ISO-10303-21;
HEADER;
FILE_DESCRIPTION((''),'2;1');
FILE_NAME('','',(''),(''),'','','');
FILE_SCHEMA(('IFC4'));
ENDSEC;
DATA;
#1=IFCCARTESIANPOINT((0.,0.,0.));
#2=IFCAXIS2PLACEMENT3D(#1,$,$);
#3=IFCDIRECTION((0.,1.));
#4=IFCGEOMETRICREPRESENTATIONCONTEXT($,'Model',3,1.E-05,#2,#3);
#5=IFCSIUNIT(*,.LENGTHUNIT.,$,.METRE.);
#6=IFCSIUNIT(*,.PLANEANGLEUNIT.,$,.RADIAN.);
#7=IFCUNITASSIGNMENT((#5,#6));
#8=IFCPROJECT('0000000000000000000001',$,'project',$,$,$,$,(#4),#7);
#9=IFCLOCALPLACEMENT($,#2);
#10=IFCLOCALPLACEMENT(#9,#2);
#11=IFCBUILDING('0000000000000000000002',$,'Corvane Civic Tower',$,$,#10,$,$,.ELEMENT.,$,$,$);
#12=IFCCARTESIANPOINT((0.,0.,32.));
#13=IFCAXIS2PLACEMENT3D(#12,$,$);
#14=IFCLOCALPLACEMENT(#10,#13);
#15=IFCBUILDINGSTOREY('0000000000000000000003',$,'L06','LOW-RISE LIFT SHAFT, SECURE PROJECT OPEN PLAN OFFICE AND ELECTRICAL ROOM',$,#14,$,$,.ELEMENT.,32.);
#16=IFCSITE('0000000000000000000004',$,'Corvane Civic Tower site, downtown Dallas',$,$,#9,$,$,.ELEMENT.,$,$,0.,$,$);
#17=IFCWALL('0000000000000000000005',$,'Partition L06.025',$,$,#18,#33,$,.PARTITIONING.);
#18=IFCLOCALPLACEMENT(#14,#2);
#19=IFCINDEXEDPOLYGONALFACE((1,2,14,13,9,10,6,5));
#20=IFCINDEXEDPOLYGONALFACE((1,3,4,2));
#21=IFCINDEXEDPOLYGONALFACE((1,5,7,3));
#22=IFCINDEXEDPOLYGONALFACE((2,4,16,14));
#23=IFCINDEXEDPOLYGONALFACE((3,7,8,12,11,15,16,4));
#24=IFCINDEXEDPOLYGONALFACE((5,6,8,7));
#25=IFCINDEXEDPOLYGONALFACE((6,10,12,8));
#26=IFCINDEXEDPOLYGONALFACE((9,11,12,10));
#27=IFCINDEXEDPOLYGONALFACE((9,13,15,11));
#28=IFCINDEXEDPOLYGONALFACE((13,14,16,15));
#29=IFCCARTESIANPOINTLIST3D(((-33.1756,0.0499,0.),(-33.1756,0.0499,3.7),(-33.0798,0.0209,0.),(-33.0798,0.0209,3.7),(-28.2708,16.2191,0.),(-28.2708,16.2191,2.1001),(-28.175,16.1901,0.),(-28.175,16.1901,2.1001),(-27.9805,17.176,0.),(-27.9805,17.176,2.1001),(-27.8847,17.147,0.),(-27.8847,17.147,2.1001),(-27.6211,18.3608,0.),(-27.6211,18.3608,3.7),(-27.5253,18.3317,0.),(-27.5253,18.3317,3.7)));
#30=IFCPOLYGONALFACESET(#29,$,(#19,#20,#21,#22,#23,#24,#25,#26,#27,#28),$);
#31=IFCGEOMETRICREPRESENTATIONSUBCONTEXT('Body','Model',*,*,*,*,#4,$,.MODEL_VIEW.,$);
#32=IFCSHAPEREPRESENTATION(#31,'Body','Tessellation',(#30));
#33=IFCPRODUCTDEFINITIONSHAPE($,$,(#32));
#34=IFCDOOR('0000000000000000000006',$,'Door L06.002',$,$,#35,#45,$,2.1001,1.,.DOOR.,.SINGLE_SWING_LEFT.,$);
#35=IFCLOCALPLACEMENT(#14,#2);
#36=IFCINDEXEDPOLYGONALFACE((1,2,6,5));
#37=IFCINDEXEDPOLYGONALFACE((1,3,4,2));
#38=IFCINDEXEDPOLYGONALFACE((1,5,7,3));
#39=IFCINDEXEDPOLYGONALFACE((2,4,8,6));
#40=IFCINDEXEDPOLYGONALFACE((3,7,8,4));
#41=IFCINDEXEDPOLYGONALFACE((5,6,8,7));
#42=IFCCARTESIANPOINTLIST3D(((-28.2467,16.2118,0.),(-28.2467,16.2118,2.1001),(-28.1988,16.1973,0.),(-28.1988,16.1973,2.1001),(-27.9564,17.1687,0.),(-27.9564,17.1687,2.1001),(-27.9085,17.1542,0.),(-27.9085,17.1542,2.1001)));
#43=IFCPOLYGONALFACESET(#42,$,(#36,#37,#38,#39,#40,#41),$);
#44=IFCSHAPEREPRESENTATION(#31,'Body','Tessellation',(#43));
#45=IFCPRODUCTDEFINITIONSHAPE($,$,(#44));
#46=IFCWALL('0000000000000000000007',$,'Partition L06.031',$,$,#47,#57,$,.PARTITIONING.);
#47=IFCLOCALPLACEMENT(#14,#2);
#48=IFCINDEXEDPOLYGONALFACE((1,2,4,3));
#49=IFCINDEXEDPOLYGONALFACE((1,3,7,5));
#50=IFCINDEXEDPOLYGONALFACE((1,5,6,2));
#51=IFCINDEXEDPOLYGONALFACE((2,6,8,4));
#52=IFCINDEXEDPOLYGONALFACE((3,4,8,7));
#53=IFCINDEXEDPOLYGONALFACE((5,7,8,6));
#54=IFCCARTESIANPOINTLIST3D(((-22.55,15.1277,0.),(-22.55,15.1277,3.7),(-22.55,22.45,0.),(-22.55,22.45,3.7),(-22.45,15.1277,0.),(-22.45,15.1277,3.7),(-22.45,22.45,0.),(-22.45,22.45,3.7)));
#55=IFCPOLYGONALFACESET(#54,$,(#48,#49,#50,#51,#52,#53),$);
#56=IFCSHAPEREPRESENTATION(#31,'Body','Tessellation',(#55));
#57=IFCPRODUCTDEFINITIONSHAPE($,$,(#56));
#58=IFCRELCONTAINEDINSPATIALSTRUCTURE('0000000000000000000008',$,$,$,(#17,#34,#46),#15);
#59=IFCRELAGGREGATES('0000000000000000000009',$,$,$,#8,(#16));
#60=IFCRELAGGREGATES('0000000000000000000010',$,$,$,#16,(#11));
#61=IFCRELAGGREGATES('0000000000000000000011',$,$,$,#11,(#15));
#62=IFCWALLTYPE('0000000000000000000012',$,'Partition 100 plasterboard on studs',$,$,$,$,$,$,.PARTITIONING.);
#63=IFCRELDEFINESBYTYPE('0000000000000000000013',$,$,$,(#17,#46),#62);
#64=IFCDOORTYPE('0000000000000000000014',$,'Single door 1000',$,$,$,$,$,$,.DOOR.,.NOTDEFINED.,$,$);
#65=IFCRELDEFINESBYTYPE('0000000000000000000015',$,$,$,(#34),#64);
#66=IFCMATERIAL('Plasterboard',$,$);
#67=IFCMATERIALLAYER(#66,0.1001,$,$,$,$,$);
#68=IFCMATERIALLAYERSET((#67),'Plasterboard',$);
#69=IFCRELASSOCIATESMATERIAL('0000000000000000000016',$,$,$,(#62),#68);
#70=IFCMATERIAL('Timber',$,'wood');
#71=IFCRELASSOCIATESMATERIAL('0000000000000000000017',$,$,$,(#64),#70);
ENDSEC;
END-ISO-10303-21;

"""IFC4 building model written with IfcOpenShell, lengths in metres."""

from ifc_helpers import new_model, si_unit, direction, frame, frame_2d, origin, place, context, subcontext, project, spatial, rectangle, extrude, material, layer, layer_set, type_object, element, fill, save


model = new_model("IFC4")

# Units and contexts
model_context = context("Model", 3, precision=1e-05, world=origin(), true_north=direction((0.0, 1.0)))
body_context = subcontext(model_context, "Body", "Model", "MODEL_VIEW")
ifc_project = project(units=[si_unit("LENGTHUNIT", "METRE"), si_unit("PLANEANGLEUNIT", "RADIAN")], contexts=[model_context])

# Site, building, storey
site_placement = place(None, origin())
site = spatial("IfcSite", under=ifc_project, at=site_placement, Name="Corvane Civic Tower site, downtown Dallas", CompositionType="ELEMENT", RefElevation=0.0)
building_placement = place(site_placement, origin())
building = spatial("IfcBuilding", under=site, at=building_placement, Name="Corvane Civic Tower", CompositionType="ELEMENT")
storey_placement = place(building_placement, frame((0.0, 0.0, 32.0)))
storey = spatial("IfcBuildingStorey", under=building, at=storey_placement, Name="L06", Description="LOW-RISE LIFT SHAFT, SECURE PROJECT OPEN PLAN OFFICE AND ELECTRICAL ROOM", CompositionType="ELEMENT", Elevation=32.0)

# Shared definitions
ifc_material_1 = material(Name="Plasterboard")
ifc_layer_1 = layer(ifc_material_1, 0.1001)
ifc_layer_set_1 = layer_set([ifc_layer_1], Name="Plasterboard")
wall_type_1 = type_object("IfcWallType", Name="Partition 100 plasterboard on studs", PredefinedType="PARTITIONING", material=ifc_layer_set_1)

# Wall, opening, door
wall_1_placement = place(storey_placement, frame((-33.1277, 0.0354, 0.0), z_axis=(0.0, 0.0, 1.0), x_axis=(0.290281, 0.956941, 0.0)))
wall_1 = element("IfcWall", 1, at=wall_1_placement, inside=storey, type_object=wall_type_1, Name="Partition L06.025", PredefinedType="PARTITIONING", context=body_context, shape_type="SweptSolid", body=[
    extrude(rectangle(XDim=19.1348, YDim=0.1001, at=frame_2d((9.5674, 0.0))), origin(), (0.0, 0.0, 1.0), 3.7),
])
opening_1_placement = place(wall_1_placement, frame((16.8967, 0.0, 0.0)))
opening_1 = element("IfcOpeningElement", 2, at=opening_1_placement, cuts=wall_1, PredefinedType="OPENING", context=body_context, shape_type="SweptSolid", body=[
    extrude(rectangle(XDim=1.0, YDim=2.1001, at=frame_2d((0.5, 1.05))), frame((0.0, 0.0601, 0.0), z_axis=(0.0, -1.0, 0.0), x_axis=(1.0, 0.0, 0.0)), (0.0, 0.0, 1.0), 0.1201),
])
ifc_material_2 = material(Name="Timber", Category="wood")
door_type_1 = type_object("IfcDoorType", Name="Single door 1000", OperationType="NOTDEFINED", PredefinedType="DOOR", material=ifc_material_2)
door_1_placement = place(opening_1_placement, origin())
door_1 = element("IfcDoor", 3, at=door_1_placement, inside=storey, type_object=door_type_1, Name="Door L06.002", OperationType="SINGLE_SWING_LEFT", OverallHeight=2.1001, OverallWidth=1.0, PredefinedType="DOOR", context=body_context, shape_type="SweptSolid", body=[
    extrude(rectangle(XDim=1.0, YDim=2.1001, at=frame_2d((0.5, 1.05))), frame((0.0, 0.0249, 0.0), z_axis=(0.0, -1.0, 0.0), x_axis=(1.0, 0.0, 0.0)), (0.0, 0.0, 1.0), 0.05),
])
fill(opening_1, door_1)

# Wall
wall_2_placement = place(storey_placement, frame((-22.5, 15.1277, 0.0), z_axis=(0.0, 0.0, 1.0), x_axis=(0.0, 1.0, 0.0)))
element("IfcWall", 4, at=wall_2_placement, inside=storey, type_object=wall_type_1, Name="Partition L06.031", PredefinedType="PARTITIONING", context=body_context, shape_type="SweptSolid", body=[
    extrude(rectangle(XDim=7.3223, YDim=0.1001, at=frame_2d((3.6611, 0.0))), origin(), (0.0, 0.0, 1.0), 3.7),
])

save(model, "model.ifc")
